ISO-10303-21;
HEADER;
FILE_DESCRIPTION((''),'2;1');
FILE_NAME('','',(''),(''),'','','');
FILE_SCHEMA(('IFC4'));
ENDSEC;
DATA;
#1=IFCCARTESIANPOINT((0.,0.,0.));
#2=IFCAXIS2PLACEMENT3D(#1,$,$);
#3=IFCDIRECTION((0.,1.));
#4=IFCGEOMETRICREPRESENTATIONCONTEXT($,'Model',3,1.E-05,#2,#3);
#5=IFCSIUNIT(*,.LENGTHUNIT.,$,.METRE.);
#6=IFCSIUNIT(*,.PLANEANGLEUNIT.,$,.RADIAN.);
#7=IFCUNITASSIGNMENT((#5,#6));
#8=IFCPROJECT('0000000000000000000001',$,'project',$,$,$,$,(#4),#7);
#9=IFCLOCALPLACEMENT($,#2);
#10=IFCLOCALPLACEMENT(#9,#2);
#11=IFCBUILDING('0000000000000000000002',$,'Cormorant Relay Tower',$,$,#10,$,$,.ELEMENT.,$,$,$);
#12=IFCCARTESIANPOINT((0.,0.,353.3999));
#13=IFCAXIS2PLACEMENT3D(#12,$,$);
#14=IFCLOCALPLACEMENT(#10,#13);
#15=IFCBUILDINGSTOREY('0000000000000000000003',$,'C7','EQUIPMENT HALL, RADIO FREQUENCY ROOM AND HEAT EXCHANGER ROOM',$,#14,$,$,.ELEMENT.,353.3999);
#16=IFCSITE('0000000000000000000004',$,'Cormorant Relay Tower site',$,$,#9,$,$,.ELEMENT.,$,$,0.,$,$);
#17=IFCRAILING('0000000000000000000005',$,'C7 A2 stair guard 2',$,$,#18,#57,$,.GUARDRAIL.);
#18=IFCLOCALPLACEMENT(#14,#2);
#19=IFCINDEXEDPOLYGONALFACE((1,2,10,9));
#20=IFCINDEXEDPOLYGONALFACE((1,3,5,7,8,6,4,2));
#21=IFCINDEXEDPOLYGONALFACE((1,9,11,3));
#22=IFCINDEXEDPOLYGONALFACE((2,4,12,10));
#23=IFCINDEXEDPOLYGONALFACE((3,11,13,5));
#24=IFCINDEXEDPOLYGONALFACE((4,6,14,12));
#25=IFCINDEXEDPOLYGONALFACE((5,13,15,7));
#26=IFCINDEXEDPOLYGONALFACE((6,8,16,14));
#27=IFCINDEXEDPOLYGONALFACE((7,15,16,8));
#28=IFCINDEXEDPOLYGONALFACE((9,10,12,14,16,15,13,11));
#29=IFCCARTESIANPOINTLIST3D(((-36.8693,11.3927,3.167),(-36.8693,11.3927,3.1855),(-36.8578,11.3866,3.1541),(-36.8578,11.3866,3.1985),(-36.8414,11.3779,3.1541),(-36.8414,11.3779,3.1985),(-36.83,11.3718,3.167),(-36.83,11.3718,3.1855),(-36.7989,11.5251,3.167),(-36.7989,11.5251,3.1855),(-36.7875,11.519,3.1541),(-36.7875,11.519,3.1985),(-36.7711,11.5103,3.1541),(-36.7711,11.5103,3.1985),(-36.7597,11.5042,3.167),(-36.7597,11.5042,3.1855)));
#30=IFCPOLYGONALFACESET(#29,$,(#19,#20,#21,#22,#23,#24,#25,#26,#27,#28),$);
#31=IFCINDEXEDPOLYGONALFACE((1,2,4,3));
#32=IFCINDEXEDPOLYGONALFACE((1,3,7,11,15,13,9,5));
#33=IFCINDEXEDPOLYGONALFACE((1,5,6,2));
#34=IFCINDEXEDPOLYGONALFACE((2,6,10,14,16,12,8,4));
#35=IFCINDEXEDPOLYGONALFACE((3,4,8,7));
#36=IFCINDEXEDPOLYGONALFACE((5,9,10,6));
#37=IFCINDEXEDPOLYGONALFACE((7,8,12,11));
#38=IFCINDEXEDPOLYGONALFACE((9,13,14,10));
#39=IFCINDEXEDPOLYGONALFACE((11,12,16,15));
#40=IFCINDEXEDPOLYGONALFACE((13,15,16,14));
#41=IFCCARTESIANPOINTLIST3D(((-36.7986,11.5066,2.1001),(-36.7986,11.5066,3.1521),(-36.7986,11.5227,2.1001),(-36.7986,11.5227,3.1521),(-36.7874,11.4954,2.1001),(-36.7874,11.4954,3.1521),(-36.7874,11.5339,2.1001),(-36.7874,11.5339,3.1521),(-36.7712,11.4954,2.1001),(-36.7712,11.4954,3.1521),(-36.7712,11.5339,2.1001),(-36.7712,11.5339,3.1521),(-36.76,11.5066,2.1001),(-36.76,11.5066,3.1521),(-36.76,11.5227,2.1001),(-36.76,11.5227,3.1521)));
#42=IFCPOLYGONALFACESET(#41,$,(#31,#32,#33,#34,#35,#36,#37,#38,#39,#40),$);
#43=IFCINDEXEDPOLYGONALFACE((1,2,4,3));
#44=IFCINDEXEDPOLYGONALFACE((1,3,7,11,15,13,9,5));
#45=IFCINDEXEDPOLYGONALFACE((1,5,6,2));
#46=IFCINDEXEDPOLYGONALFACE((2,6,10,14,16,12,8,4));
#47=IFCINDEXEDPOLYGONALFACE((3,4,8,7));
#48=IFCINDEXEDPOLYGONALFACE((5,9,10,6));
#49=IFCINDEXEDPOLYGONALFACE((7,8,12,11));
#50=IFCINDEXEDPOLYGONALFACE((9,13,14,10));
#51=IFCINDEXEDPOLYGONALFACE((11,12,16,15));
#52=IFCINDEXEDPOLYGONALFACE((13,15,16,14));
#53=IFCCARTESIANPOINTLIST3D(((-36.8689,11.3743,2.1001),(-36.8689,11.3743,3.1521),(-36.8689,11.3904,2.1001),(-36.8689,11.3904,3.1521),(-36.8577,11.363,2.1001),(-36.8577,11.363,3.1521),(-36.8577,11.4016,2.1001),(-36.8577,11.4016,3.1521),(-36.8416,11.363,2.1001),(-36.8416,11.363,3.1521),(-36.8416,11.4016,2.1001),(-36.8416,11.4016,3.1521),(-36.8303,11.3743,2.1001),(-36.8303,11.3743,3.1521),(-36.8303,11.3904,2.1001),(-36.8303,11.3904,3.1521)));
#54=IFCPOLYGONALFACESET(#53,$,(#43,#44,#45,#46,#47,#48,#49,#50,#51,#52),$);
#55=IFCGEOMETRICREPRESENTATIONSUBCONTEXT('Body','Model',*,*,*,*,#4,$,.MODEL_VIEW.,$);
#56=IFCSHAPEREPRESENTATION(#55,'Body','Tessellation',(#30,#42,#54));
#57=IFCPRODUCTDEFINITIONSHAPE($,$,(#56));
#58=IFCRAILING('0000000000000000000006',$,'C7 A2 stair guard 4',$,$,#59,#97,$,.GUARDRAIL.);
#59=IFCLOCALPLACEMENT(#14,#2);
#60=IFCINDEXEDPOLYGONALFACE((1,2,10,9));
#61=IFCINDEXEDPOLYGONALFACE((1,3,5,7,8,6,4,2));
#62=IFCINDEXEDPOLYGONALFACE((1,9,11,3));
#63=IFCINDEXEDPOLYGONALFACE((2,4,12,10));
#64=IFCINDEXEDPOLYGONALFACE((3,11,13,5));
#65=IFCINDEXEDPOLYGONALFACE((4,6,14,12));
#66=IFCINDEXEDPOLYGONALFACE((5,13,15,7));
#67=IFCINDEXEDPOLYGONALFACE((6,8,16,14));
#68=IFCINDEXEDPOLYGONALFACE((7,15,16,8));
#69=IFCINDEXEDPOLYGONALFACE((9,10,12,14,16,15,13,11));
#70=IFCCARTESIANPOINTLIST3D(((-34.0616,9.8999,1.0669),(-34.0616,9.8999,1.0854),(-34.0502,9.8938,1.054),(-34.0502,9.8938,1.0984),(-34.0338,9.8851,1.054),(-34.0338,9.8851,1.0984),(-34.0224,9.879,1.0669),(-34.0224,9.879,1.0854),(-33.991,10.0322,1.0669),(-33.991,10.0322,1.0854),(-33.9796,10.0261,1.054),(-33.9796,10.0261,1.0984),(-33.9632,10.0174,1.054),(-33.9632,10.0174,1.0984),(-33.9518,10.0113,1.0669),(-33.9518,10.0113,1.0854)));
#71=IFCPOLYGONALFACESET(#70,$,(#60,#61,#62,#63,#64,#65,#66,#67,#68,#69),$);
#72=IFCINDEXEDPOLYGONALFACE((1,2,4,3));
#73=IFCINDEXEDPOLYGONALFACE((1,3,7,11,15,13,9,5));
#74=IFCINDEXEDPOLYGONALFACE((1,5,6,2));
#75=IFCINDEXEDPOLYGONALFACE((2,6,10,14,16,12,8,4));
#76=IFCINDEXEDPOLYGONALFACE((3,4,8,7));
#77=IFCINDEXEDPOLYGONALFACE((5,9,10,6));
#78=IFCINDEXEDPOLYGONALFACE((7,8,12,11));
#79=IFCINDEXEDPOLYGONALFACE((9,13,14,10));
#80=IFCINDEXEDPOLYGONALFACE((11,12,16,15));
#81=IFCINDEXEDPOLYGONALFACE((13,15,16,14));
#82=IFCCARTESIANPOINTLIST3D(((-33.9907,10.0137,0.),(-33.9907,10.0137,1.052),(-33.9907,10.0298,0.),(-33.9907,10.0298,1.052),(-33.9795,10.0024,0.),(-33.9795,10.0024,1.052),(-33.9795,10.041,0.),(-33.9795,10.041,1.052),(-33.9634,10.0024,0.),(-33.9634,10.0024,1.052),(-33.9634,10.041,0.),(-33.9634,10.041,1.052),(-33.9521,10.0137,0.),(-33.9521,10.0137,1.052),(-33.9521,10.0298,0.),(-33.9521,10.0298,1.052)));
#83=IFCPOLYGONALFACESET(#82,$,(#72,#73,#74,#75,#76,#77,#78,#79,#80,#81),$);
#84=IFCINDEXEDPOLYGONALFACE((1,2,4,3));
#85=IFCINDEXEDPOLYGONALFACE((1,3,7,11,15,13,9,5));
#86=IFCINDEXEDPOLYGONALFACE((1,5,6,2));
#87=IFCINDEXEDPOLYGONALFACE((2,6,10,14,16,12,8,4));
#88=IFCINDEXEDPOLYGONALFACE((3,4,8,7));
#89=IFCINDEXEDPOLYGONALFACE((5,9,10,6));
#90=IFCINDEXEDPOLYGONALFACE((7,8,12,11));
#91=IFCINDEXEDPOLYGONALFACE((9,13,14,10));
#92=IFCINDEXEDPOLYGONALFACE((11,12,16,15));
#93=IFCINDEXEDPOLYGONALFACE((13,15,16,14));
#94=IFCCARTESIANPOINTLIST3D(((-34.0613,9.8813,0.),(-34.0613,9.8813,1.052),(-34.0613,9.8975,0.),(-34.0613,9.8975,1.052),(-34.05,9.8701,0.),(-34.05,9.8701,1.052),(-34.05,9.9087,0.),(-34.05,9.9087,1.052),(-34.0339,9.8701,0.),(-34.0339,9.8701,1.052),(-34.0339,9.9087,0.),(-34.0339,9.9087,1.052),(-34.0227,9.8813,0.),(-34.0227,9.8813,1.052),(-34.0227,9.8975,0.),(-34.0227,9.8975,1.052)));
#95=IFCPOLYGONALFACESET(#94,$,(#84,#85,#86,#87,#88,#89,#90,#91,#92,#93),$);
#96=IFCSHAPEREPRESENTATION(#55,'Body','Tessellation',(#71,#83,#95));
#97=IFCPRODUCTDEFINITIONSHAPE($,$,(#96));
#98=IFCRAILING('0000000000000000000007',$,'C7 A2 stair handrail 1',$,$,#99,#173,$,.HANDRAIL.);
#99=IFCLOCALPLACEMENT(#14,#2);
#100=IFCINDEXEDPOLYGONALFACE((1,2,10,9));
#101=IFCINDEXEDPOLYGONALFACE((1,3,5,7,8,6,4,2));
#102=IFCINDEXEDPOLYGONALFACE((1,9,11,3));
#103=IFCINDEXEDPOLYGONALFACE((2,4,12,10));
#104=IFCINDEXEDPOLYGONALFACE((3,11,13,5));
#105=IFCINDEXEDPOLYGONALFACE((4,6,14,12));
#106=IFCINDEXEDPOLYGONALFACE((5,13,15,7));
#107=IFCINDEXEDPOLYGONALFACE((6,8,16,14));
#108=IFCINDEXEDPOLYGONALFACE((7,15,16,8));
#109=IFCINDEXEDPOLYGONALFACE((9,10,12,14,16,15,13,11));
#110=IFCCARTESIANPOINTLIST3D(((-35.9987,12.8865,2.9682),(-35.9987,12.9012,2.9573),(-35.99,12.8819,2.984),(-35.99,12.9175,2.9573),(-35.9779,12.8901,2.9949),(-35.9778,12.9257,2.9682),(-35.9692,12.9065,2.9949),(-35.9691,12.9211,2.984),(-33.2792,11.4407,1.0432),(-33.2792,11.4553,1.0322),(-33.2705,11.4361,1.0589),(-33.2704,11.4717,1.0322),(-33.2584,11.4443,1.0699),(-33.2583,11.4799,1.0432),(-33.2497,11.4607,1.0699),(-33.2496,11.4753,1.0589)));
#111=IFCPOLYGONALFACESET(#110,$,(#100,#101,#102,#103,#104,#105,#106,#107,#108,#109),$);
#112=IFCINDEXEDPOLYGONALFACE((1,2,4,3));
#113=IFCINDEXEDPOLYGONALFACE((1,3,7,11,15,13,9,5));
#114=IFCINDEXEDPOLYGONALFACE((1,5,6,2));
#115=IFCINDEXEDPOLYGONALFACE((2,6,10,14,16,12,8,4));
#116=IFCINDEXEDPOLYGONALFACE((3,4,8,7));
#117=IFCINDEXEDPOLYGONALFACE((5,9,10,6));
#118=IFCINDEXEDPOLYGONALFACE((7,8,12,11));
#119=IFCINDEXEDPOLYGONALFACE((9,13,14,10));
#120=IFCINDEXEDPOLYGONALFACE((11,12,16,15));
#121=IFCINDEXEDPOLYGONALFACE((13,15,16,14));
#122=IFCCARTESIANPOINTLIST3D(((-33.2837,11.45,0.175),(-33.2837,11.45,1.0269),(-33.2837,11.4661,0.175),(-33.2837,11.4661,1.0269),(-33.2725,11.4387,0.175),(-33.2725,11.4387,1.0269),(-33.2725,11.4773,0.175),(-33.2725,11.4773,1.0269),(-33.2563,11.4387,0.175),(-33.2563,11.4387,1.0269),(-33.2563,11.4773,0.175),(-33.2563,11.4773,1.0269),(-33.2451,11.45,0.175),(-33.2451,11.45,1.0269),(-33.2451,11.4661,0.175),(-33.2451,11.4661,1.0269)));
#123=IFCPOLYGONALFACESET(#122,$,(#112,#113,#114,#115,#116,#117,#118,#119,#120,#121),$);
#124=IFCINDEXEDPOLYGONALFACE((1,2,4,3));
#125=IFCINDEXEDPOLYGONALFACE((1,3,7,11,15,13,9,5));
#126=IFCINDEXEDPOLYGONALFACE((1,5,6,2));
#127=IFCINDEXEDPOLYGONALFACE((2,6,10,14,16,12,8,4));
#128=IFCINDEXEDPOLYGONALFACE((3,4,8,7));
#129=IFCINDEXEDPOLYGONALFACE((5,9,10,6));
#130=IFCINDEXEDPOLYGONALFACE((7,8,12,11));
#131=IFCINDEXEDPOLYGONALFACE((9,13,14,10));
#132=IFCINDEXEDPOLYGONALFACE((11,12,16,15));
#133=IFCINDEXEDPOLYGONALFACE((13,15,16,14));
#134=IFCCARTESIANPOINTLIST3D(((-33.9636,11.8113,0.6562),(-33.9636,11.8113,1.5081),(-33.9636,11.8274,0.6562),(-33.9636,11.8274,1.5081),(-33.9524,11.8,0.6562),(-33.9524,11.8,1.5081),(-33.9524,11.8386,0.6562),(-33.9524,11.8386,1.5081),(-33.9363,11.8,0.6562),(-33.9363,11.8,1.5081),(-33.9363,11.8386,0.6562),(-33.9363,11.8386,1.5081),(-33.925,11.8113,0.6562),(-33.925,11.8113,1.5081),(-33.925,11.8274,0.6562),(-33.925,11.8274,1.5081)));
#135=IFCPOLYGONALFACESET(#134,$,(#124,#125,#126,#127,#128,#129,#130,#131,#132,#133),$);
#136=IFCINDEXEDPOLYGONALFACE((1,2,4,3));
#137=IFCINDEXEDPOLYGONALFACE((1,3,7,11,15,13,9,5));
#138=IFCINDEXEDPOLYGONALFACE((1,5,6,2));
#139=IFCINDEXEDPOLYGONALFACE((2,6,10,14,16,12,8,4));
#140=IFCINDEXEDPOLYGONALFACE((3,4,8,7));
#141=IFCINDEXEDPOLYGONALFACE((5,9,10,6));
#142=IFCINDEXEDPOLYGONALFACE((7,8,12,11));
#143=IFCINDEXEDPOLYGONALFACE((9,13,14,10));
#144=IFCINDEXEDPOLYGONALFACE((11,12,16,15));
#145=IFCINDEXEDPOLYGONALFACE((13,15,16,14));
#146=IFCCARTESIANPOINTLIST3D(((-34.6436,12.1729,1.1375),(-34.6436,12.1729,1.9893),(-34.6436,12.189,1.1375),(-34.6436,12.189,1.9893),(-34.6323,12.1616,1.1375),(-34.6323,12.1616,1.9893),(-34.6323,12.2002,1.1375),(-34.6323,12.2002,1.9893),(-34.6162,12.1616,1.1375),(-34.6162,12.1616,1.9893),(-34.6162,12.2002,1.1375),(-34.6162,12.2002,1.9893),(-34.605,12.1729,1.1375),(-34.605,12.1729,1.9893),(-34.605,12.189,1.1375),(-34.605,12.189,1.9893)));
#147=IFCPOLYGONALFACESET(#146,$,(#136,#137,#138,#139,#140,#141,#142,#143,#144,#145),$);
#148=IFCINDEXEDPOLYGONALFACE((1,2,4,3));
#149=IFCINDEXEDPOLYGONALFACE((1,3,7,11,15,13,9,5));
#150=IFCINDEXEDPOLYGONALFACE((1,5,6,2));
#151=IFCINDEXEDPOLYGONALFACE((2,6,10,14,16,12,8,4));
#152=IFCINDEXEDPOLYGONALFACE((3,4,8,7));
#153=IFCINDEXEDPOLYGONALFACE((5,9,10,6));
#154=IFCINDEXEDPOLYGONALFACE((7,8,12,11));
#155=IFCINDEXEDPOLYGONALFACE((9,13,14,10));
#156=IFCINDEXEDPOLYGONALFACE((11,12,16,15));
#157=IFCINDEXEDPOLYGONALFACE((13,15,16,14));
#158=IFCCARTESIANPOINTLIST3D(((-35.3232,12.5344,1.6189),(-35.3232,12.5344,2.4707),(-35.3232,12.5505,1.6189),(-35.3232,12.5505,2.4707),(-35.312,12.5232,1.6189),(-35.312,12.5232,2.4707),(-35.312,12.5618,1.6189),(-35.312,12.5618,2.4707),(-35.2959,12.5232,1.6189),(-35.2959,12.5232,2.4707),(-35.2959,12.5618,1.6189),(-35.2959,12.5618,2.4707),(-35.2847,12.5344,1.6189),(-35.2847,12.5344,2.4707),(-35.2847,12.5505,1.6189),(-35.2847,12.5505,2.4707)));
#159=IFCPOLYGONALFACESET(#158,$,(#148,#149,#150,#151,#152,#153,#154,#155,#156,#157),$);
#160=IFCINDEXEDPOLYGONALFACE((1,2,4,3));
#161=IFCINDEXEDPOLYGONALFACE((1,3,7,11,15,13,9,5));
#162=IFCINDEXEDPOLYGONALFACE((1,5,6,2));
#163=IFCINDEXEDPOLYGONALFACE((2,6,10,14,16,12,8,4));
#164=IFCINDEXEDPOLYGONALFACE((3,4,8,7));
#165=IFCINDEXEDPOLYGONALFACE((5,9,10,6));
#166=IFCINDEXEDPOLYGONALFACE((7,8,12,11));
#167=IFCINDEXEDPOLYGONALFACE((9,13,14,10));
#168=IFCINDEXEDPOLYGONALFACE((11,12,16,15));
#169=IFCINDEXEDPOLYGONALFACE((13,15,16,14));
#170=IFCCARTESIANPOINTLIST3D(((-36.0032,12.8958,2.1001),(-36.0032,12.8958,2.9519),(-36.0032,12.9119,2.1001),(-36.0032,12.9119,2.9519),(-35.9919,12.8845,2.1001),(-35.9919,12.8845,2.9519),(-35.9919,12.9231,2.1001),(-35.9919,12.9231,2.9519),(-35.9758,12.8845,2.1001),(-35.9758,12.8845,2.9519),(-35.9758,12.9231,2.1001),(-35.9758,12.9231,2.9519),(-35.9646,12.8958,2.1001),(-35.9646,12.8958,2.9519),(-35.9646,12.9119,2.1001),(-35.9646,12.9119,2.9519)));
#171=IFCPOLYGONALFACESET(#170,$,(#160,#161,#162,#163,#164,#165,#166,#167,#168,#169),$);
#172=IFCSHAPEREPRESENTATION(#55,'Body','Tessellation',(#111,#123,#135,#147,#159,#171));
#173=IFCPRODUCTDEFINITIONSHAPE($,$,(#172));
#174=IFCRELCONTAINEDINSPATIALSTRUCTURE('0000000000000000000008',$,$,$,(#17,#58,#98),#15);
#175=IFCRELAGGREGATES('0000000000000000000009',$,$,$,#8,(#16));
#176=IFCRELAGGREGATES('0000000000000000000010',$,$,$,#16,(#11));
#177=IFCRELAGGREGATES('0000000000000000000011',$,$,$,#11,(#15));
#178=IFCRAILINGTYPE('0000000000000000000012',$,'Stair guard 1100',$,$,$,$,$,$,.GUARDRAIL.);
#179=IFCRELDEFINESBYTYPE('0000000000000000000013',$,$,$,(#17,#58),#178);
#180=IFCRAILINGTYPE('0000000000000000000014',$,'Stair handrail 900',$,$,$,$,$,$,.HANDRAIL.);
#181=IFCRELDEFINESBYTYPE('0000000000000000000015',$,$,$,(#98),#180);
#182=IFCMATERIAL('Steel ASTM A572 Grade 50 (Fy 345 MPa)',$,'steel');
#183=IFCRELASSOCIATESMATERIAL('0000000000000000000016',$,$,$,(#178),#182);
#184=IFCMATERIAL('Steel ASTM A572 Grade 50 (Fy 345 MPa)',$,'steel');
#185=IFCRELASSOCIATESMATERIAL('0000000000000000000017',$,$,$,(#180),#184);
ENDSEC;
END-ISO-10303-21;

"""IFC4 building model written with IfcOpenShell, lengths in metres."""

from ifc_helpers import new_model, si_unit, direction, frame, origin, place, context, subcontext, project, spatial, polyline, outline, extrude, material, type_object, element, save


model = new_model("IFC4")

# Units and contexts
model_context = context("Model", 3, precision=1e-05, world=origin(), true_north=direction((0.0, 1.0)))
body_context = subcontext(model_context, "Body", "Model", "MODEL_VIEW")
ifc_project = project(units=[si_unit("LENGTHUNIT", "METRE"), si_unit("PLANEANGLEUNIT", "RADIAN")], contexts=[model_context])

# Site, building, storey
site_placement = place(None, origin())
site = spatial("IfcSite", under=ifc_project, at=site_placement, Name="Cormorant Relay Tower site", CompositionType="ELEMENT", RefElevation=0.0)
building_placement = place(site_placement, origin())
building = spatial("IfcBuilding", under=site, at=building_placement, Name="Cormorant Relay Tower", CompositionType="ELEMENT")
storey_placement = place(building_placement, frame((0.0, 0.0, 353.3999)))
storey = spatial("IfcBuildingStorey", under=building, at=storey_placement, Name="C7", Description="EQUIPMENT HALL, RADIO FREQUENCY ROOM AND HEAT EXCHANGER ROOM", CompositionType="ELEMENT", Elevation=353.3999)

# Railings
ifc_material_1 = material(Name="Steel ASTM A572 Grade 50 (Fy 345 MPa)", Category="steel")
railing_type_1 = type_object("IfcRailingType", Name="Stair guard 1100", PredefinedType="GUARDRAIL", material=ifc_material_1)
railing_1_placement = place(storey_placement, frame((-36.7793, 11.5146, 2.1001)))
element("IfcRailing", 1, at=railing_1_placement, inside=storey, type_object=railing_type_1, Name="C7 A2 stair guard 2", PredefinedType="GUARDRAIL", context=body_context, shape_type="SweptSolid", body=[
    extrude(outline(polyline([(0.0222, 0.0093), (0.0093, 0.0222), (-0.0093, 0.0222), (-0.0222, 0.0093), (-0.0222, -0.0093), (-0.0093, -0.0222), (0.0093, -0.0222), (0.0222, -0.0093), (0.0222, 0.0093)])), frame((0.0, 0.0, 1.0762), z_axis=(-0.469235, -0.883074, 0.0), x_axis=(0.883074, -0.469235, 0.0)), (0.0, 0.0, 1.0), 0.1499),
    extrude(outline(polyline([(0.0193, 0.0081), (0.0081, 0.0193), (-0.0081, 0.0193), (-0.0193, 0.0081), (-0.0193, -0.0081), (-0.0081, -0.0193), (0.0081, -0.0193), (0.0193, -0.0081), (0.0193, 0.0081)])), origin(), (0.0, 0.0, 1.0), 1.052),
    extrude(outline(polyline([(0.0193, 0.0081), (0.0081, 0.0193), (-0.0081, 0.0193), (-0.0193, 0.0081), (-0.0193, -0.0081), (-0.0081, -0.0193), (0.0081, -0.0193), (0.0193, -0.0081), (0.0193, 0.0081)])), frame((-0.0703, -0.1323, 0.0)), (0.0, 0.0, 1.0), 1.052),
])
railing_2_placement = place(storey_placement, frame((-33.9714, 10.0217, 0.0)))
element("IfcRailing", 2, at=railing_2_placement, inside=storey, type_object=railing_type_1, Name="C7 A2 stair guard 4", PredefinedType="GUARDRAIL", context=body_context, shape_type="SweptSolid", body=[
    extrude(outline(polyline([(0.0222, 0.0093), (0.0093, 0.0222), (-0.0093, 0.0222), (-0.0222, 0.0093), (-0.0222, -0.0093), (-0.0093, -0.0222), (0.0093, -0.0222), (0.0222, -0.0093), (0.0222, 0.0093)])), frame((0.0, 0.0, 1.0762), z_axis=(-0.470504, -0.882398, 0.0), x_axis=(0.882398, -0.470504, 0.0)), (0.0, 0.0, 1.0), 0.1499),
    extrude(outline(polyline([(0.0193, 0.0081), (0.0081, 0.0193), (-0.0081, 0.0193), (-0.0193, 0.0081), (-0.0193, -0.0081), (-0.0081, -0.0193), (0.0081, -0.0193), (0.0193, -0.0081), (0.0193, 0.0081)])), origin(), (0.0, 0.0, 1.0), 1.052),
    extrude(outline(polyline([(0.0193, 0.0081), (0.0081, 0.0193), (-0.0081, 0.0193), (-0.0193, 0.0081), (-0.0193, -0.0081), (-0.0081, -0.0193), (0.0081, -0.0193), (0.0193, -0.0081), (0.0193, 0.0081)])), frame((-0.0706, -0.1323, 0.0)), (0.0, 0.0, 1.0), 1.052),
])
ifc_material_2 = material(Name="Steel ASTM A572 Grade 50 (Fy 345 MPa)", Category="steel")
railing_type_2 = type_object("IfcRailingType", Name="Stair handrail 900", PredefinedType="HANDRAIL", material=ifc_material_2)
railing_3_placement = place(storey_placement, frame((-33.2644, 11.458, 0.175)))
element("IfcRailing", 3, at=railing_3_placement, inside=storey, type_object=railing_type_2, Name="C7 A2 stair handrail 1", PredefinedType="HANDRAIL", context=body_context, shape_type="SweptSolid", body=[
    extrude(outline(polyline([(0.0222, 0.0093), (0.0093, 0.0222), (-0.0093, 0.0222), (-0.0222, 0.0093), (-0.0222, -0.0093), (-0.0093, -0.0222), (0.0093, -0.0222), (0.0222, -0.0093), (0.0222, 0.0093)])), frame((0.0, 0.0, 0.876), z_axis=(-0.748747, 0.398068, 0.530018), x_axis=(-0.469428, -0.882971, 0.0)), (0.0, 0.0, 1.0), 3.6321),
    extrude(outline(polyline([(0.0193, 0.0081), (0.0081, 0.0193), (-0.0081, 0.0193), (-0.0193, 0.0081), (-0.0193, -0.0081), (-0.0081, -0.0193), (0.0081, -0.0193), (0.0193, -0.0081), (0.0193, 0.0081)])), origin(), (0.0, 0.0, 1.0), 0.8518),
    extrude(outline(polyline([(0.0193, 0.0081), (0.0081, 0.0193), (-0.0081, 0.0193), (-0.0193, 0.0081), (-0.0193, -0.0081), (-0.0081, -0.0193), (0.0081, -0.0193), (0.0193, -0.0081), (0.0193, 0.0081)])), frame((-0.6799, 0.3613, 0.4812)), (0.0, 0.0, 1.0), 0.8518),
    extrude(outline(polyline([(0.0193, 0.0081), (0.0081, 0.0193), (-0.0081, 0.0193), (-0.0193, 0.0081), (-0.0193, -0.0081), (-0.0081, -0.0193), (0.0081, -0.0193), (0.0193, -0.0081), (0.0193, 0.0081)])), frame((-1.3599, 0.7229, 0.9624)), (0.0, 0.0, 1.0), 0.8518),
    extrude(outline(polyline([(0.0193, 0.0081), (0.0081, 0.0193), (-0.0081, 0.0193), (-0.0193, 0.0081), (-0.0193, -0.0081), (-0.0081, -0.0193), (0.0081, -0.0193), (0.0193, -0.0081), (0.0193, 0.0081)])), frame((-2.0396, 1.0845, 1.4438)), (0.0, 0.0, 1.0), 0.8518),
    extrude(outline(polyline([(0.0193, 0.0081), (0.0081, 0.0193), (-0.0081, 0.0193), (-0.0193, 0.0081), (-0.0193, -0.0081), (-0.0081, -0.0193), (0.0081, -0.0193), (0.0193, -0.0081), (0.0193, 0.0081)])), frame((-2.7195, 1.4458, 1.925)), (0.0, 0.0, 1.0), 0.8518),
])

save(model, "model.ifc")
